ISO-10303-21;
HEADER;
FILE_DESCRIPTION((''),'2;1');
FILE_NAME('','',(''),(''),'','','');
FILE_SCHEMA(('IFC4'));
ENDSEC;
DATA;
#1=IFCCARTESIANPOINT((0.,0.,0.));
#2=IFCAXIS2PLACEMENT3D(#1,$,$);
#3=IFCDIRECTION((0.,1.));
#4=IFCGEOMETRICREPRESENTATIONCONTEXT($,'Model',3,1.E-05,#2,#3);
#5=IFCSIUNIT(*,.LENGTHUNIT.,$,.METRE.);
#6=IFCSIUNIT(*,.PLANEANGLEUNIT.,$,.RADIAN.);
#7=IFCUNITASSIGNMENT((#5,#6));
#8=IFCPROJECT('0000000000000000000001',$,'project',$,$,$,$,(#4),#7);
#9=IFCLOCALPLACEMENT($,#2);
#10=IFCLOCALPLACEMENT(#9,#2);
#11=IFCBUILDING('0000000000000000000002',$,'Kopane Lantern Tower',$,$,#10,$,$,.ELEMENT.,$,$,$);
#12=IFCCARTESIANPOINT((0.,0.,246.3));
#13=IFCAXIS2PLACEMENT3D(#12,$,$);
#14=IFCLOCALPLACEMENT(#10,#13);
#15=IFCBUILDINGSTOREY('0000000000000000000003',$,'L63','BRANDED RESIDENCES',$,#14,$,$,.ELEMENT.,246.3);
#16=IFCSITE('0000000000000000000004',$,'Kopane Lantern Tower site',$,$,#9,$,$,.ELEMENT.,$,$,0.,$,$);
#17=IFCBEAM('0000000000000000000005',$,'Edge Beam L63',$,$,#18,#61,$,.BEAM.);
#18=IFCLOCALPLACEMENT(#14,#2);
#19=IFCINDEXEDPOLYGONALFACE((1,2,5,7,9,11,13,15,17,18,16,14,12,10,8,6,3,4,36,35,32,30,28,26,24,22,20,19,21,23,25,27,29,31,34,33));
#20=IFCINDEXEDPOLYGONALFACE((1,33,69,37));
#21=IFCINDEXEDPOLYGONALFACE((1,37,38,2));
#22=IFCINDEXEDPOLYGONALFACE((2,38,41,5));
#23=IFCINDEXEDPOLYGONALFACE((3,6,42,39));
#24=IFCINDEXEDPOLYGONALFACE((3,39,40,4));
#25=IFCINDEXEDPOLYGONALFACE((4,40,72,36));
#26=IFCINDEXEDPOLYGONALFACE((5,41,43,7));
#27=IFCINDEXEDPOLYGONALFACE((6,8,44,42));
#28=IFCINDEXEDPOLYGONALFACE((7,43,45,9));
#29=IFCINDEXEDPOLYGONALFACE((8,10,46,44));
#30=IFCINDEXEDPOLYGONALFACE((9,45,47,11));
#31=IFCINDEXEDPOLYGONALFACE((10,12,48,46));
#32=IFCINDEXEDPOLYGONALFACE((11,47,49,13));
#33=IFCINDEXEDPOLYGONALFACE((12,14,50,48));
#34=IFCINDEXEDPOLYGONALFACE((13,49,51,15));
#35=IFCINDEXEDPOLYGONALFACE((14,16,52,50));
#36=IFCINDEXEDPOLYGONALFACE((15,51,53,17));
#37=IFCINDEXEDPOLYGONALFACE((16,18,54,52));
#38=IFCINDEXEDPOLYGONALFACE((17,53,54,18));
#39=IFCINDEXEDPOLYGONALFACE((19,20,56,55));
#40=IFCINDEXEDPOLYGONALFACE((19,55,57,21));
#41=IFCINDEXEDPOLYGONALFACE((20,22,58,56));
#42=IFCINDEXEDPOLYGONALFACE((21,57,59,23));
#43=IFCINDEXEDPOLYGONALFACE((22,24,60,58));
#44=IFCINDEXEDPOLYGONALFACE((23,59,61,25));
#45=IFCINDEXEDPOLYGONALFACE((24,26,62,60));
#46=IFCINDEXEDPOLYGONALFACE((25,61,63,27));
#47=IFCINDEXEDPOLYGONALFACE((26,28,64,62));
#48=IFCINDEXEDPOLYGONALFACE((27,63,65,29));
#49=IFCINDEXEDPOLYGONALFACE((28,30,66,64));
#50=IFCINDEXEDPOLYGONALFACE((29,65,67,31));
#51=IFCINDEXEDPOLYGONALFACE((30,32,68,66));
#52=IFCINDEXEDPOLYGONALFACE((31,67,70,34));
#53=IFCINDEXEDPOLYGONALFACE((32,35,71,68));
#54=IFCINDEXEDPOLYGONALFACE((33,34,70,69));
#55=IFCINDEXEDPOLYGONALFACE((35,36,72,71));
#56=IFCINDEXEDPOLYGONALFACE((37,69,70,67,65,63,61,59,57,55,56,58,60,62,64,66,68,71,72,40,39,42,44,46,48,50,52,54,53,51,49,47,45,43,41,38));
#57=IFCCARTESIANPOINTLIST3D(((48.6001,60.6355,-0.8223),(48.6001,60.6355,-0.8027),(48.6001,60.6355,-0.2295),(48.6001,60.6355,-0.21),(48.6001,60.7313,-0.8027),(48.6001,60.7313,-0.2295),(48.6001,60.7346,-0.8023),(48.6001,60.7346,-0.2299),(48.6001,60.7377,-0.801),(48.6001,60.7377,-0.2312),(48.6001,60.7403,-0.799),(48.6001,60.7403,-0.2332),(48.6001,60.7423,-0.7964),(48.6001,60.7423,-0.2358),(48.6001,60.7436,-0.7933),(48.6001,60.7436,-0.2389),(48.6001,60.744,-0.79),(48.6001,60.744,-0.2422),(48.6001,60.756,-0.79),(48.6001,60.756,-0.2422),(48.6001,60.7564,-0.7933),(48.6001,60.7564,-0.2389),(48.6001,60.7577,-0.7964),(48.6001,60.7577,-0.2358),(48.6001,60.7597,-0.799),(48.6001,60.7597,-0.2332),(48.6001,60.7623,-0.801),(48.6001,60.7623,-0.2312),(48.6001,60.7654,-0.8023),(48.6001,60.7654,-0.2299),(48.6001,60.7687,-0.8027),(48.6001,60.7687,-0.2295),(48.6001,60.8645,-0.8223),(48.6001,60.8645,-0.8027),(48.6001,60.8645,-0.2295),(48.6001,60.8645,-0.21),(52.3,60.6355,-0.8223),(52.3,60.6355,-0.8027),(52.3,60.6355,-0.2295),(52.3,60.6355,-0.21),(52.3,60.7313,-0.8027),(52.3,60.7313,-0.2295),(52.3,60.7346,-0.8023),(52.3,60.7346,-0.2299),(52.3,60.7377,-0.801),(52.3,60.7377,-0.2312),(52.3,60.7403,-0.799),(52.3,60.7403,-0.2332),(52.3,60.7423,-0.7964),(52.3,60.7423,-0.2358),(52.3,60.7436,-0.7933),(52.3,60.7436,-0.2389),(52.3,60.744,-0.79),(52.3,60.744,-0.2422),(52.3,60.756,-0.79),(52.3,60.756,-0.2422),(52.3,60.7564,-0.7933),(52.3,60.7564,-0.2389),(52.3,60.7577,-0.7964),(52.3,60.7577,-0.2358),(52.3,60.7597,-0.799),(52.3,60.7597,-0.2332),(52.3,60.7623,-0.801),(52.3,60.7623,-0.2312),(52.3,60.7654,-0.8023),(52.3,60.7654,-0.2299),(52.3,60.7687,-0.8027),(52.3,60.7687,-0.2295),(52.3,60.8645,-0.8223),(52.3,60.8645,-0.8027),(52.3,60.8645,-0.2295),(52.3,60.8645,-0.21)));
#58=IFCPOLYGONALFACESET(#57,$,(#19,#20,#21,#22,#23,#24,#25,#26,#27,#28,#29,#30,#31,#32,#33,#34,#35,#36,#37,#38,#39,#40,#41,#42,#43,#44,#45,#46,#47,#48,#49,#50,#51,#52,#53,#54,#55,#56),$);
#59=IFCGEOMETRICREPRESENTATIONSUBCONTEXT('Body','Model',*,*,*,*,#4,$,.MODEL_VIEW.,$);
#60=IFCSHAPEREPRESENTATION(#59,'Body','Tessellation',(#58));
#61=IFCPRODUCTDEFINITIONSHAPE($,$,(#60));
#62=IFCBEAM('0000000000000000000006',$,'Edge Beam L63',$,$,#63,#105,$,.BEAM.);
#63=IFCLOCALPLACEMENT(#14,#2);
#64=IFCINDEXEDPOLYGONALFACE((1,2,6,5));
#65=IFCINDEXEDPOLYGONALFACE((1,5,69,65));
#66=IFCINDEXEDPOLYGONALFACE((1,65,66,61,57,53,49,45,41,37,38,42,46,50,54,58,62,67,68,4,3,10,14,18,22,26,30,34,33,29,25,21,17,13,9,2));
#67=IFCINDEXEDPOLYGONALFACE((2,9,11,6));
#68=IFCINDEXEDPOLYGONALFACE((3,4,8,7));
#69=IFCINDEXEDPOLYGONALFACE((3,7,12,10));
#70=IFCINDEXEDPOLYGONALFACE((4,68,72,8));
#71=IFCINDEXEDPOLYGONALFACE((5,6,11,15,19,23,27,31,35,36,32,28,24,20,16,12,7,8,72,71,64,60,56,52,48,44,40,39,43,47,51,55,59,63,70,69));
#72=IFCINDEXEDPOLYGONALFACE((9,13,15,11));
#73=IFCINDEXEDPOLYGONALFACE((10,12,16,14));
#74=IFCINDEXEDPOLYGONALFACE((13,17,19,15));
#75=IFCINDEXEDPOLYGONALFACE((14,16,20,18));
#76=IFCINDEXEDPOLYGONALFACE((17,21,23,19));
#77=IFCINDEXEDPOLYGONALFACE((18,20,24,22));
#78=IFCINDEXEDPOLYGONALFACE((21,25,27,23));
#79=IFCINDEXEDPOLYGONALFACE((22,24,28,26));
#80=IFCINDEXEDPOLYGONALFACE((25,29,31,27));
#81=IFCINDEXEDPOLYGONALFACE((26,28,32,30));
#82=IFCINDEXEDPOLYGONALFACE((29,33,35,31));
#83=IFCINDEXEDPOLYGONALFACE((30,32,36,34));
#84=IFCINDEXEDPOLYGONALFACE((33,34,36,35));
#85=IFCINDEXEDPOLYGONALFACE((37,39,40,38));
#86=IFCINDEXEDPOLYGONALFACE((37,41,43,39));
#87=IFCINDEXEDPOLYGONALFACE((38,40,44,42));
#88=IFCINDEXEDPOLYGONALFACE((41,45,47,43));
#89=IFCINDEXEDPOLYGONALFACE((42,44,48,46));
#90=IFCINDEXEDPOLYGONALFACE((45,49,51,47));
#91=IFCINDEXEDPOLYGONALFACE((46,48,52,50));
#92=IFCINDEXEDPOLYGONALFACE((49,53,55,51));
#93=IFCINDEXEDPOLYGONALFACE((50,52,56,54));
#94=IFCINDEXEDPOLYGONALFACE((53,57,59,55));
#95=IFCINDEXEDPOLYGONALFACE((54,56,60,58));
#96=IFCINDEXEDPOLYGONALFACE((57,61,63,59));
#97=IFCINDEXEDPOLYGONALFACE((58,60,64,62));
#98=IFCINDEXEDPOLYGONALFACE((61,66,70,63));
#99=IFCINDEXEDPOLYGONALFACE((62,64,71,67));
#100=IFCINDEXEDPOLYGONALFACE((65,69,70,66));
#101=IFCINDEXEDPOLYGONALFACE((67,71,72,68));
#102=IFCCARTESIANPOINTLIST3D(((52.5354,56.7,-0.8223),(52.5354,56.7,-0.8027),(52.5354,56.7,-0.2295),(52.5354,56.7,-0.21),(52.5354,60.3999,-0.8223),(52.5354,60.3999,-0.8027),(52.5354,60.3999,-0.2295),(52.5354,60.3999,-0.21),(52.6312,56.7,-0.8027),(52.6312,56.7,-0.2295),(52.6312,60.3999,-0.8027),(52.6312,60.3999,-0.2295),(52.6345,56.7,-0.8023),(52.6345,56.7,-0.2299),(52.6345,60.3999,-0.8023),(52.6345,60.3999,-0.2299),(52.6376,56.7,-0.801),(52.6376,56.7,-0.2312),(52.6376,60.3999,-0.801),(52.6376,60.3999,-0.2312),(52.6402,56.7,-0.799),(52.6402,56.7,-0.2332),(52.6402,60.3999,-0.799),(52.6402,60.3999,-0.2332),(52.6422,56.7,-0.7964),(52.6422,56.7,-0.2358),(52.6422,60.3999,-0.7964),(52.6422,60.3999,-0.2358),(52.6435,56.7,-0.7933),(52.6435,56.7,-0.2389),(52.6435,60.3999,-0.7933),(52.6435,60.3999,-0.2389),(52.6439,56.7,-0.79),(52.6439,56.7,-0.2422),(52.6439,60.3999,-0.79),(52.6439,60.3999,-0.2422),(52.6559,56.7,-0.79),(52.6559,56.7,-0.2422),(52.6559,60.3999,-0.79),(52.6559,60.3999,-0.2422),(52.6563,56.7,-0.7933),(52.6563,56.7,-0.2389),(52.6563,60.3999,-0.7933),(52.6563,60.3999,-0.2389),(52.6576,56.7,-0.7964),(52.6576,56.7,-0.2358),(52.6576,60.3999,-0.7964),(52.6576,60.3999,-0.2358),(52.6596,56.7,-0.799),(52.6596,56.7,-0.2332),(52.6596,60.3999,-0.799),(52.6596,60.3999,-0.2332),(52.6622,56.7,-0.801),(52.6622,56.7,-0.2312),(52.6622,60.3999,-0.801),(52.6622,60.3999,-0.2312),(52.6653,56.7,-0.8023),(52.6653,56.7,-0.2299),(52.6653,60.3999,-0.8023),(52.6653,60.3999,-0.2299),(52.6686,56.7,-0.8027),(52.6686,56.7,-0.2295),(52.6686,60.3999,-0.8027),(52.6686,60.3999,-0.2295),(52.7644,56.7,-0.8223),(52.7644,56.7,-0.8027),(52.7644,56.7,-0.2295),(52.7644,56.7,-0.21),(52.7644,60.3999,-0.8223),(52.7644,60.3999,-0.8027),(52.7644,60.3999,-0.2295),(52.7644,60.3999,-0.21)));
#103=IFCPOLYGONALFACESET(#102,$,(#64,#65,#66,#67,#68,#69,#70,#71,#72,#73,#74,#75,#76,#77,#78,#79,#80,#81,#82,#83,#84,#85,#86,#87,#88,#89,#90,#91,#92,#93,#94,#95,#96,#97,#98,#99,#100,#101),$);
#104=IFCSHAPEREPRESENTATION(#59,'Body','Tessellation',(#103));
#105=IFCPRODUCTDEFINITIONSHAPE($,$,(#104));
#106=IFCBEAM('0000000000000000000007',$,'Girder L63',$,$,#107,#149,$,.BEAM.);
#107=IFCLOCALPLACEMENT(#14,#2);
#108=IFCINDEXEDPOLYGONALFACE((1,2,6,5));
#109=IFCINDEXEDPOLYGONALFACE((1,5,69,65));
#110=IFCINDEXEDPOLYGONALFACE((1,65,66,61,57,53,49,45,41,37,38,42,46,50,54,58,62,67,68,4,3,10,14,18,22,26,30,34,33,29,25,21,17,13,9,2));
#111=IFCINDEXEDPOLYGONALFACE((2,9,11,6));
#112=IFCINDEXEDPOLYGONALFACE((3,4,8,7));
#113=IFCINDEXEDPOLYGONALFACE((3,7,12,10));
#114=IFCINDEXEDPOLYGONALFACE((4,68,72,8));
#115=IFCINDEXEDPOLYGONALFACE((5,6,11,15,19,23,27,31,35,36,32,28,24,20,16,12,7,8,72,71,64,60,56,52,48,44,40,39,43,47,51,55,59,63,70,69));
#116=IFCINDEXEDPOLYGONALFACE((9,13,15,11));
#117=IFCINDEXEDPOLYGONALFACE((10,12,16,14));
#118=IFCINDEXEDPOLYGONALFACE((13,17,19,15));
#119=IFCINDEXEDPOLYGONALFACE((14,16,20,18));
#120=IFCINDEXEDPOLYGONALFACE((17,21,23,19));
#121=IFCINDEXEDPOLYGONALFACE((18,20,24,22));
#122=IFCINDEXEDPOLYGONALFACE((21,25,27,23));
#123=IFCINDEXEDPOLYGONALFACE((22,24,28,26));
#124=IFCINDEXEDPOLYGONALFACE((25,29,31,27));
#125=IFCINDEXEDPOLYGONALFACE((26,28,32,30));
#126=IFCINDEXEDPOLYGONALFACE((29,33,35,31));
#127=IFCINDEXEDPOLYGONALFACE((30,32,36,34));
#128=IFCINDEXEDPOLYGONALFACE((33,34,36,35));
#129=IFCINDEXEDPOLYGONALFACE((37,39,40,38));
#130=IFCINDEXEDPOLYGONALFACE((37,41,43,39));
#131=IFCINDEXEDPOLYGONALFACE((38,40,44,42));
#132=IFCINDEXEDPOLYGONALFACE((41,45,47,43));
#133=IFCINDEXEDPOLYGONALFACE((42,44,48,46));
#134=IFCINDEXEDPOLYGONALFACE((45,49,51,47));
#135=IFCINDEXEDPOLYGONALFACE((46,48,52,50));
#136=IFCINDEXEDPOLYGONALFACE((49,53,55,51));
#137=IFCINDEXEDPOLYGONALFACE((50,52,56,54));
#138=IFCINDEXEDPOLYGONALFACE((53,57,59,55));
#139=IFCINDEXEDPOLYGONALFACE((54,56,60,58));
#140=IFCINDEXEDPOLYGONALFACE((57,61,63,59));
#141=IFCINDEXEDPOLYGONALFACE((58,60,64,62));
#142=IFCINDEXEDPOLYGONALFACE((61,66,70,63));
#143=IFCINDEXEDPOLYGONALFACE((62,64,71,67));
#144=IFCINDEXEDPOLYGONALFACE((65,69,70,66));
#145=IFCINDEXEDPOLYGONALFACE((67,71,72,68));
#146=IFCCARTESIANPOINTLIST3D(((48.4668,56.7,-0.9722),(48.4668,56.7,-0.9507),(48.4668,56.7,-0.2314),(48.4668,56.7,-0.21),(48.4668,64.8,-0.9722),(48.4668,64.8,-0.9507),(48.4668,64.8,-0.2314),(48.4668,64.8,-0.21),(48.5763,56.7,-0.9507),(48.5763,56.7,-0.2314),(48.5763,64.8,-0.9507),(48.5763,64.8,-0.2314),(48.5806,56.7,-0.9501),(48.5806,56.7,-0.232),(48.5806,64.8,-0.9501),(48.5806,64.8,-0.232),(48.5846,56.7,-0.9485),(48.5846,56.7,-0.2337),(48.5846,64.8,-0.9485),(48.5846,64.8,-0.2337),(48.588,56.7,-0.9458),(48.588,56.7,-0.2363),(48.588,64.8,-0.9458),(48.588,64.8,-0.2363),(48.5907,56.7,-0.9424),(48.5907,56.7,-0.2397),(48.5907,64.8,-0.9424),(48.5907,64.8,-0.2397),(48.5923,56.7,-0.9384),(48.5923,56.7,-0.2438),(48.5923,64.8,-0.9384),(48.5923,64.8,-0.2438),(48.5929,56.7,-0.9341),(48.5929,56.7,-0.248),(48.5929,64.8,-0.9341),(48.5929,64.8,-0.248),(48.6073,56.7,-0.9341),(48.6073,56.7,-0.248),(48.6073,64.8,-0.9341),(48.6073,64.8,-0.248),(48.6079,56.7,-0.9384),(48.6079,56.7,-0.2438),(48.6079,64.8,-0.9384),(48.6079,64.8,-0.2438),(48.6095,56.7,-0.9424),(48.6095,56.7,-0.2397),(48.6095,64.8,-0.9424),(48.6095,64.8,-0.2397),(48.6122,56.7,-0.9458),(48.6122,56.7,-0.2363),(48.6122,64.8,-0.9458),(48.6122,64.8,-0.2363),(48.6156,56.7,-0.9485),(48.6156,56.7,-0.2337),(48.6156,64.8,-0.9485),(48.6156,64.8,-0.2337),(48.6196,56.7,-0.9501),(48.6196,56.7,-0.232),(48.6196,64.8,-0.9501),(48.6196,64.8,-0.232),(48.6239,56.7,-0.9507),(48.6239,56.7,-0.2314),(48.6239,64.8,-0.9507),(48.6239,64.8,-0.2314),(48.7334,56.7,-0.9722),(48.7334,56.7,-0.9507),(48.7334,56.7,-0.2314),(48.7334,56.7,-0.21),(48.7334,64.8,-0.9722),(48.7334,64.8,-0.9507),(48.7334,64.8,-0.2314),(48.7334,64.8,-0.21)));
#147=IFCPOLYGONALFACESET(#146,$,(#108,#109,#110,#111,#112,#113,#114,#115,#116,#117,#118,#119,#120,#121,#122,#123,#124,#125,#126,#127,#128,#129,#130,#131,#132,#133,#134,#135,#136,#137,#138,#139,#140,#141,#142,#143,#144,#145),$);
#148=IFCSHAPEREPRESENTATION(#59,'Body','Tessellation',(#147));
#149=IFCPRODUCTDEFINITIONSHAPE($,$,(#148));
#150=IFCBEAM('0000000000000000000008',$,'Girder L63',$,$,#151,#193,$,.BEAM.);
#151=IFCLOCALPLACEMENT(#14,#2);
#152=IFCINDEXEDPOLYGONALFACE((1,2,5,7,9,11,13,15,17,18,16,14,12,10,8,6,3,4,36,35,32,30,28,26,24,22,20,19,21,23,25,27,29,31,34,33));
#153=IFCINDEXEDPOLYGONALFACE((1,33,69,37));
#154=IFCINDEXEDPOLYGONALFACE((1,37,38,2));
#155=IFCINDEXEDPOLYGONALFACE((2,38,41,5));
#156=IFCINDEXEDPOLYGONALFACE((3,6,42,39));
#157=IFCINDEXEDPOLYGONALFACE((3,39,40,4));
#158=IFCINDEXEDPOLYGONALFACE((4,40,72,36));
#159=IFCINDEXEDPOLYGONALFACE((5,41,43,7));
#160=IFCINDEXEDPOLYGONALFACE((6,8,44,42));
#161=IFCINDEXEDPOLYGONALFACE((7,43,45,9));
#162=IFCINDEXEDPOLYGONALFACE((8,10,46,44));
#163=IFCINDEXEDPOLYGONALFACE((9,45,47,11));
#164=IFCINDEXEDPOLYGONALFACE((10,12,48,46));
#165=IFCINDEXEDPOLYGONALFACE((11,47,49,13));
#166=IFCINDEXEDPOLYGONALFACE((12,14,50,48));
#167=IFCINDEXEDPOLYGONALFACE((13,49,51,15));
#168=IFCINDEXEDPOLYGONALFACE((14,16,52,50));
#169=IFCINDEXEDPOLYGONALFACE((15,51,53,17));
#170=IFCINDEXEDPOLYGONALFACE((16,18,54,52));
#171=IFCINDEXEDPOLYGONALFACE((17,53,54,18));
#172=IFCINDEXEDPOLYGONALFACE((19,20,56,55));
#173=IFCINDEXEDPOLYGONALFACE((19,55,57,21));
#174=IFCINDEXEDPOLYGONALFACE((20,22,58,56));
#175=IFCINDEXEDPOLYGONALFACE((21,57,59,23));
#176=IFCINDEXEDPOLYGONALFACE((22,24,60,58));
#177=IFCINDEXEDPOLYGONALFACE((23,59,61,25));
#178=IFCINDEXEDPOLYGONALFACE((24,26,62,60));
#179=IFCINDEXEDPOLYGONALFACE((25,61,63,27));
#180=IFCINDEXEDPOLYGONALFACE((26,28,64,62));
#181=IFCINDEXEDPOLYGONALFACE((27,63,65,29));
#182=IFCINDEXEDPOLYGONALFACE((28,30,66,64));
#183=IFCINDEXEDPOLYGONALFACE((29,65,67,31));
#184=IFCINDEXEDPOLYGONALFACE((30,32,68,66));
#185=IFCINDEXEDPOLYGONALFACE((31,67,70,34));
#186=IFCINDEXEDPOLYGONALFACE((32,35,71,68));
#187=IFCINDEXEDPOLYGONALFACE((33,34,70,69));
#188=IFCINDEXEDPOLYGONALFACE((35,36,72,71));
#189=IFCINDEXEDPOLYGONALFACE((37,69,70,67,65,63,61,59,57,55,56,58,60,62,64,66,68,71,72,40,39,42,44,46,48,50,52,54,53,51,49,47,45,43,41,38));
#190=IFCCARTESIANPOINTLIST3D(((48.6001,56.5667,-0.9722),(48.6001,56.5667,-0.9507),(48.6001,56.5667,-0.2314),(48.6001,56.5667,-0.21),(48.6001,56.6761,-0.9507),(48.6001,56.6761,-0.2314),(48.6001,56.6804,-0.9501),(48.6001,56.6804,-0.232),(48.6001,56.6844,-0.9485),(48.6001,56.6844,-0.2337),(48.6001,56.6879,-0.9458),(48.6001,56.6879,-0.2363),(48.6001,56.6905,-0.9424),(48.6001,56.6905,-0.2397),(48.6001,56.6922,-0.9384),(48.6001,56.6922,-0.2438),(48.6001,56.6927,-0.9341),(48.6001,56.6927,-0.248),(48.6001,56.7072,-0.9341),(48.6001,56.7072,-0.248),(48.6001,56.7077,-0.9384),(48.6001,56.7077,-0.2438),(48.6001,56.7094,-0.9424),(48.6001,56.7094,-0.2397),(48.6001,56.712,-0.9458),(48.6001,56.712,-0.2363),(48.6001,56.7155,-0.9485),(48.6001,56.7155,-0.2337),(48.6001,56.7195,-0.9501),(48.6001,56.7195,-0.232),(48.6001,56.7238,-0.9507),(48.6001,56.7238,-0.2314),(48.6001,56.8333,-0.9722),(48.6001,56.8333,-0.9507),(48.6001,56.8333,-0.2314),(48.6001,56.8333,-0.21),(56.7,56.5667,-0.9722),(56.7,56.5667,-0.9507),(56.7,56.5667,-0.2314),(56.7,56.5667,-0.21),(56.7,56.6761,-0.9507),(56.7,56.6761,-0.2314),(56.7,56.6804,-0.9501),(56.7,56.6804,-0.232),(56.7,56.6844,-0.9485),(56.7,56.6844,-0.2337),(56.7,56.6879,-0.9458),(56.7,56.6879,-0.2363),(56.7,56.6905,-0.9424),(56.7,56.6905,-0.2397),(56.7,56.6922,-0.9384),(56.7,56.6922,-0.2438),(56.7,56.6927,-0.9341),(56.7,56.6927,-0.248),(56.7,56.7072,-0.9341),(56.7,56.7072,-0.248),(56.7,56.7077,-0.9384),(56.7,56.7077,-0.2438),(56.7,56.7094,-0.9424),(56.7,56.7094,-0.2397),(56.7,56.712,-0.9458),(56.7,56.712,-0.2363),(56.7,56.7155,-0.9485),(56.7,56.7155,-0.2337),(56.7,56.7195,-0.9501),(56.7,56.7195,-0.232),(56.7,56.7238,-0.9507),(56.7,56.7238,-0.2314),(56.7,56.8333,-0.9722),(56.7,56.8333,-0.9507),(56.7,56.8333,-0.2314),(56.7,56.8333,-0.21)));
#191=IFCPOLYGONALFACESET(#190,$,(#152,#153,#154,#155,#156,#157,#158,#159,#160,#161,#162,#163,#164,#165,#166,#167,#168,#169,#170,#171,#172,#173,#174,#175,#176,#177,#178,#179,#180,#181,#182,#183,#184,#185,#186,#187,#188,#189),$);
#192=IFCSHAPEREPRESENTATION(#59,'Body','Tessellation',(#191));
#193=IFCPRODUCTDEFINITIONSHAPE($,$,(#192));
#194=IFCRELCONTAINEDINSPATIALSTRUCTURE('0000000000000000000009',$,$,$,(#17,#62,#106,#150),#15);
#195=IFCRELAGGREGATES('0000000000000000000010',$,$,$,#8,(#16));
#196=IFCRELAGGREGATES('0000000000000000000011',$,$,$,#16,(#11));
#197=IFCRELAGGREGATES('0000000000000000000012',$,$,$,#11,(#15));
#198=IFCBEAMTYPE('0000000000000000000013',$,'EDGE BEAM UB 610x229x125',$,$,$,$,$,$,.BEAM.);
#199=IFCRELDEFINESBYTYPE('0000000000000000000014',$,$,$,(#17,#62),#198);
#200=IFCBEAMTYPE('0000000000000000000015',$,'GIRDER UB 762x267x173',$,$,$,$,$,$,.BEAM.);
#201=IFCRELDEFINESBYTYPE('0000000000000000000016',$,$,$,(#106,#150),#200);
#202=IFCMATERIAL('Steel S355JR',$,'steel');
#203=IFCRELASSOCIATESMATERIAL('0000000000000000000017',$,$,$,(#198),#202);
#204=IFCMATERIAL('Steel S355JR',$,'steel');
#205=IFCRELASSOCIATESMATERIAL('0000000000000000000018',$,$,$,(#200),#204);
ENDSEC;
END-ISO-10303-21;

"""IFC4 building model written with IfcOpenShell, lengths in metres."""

from ifc_helpers import new_model, si_unit, direction, frame, origin, origin_2d, place, context, subcontext, project, spatial, i_section, extrude, material, material_profile, profile_set, type_object, element, save


model = new_model("IFC4")

# Units and contexts
model_context = context("Model", 3, precision=1e-05, world=origin(), true_north=direction((0.0, 1.0)))
body_context = subcontext(model_context, "Body", "Model", "MODEL_VIEW")
ifc_project = project(units=[si_unit("LENGTHUNIT", "METRE"), si_unit("PLANEANGLEUNIT", "RADIAN")], contexts=[model_context])

# Site, building, storey
site_placement = place(None, origin())
site = spatial("IfcSite", under=ifc_project, at=site_placement, Name="Kopane Lantern Tower site", CompositionType="ELEMENT", RefElevation=0.0)
building_placement = place(site_placement, origin())
building = spatial("IfcBuilding", under=site, at=building_placement, Name="Kopane Lantern Tower", CompositionType="ELEMENT")
storey_placement = place(building_placement, frame((0.0, 0.0, 246.3)))
storey = spatial("IfcBuildingStorey", under=building, at=storey_placement, Name="L63", Description="BRANDED RESIDENCES", CompositionType="ELEMENT", Elevation=246.3)

# Beams
ifc_material_1 = material(Name="Steel S355JR", Category="steel")
ifc_material_profile_1 = material_profile(ifc_material_1, i_section(OverallWidth=0.229, OverallDepth=0.6123, WebThickness=0.012, FlangeThickness=0.0195, FilletRadius=0.0127, at=origin_2d()), Name="UB 610x229x125")
ifc_profile_set_1 = profile_set([ifc_material_profile_1], Name="Steel S355JR")
beam_type_1 = type_object("IfcBeamType", Name="EDGE BEAM UB 610x229x125", PredefinedType="BEAM", material=ifc_profile_set_1)
for number, where, z_axis, x_axis, name in (
    (1, (52.3, 60.75, -0.5161), (-1.0, 0.0, 0.0), (0.0, -1.0, 0.0), "Edge Beam L63"),
    (2, (52.6499, 60.3999, -0.5161), (0.0, -1.0, 0.0), (1.0, 0.0, 0.0), "Edge Beam L63"),
):
    element("IfcBeam", number, at=place(storey_placement, frame(where, z_axis=z_axis, x_axis=x_axis)), inside=storey, type_object=beam_type_1, Name=name, PredefinedType="BEAM", context=body_context, shape_type="SweptSolid", body=[
        extrude(i_section(OverallWidth=0.229, OverallDepth=0.6123, WebThickness=0.012, FlangeThickness=0.0195, FilletRadius=0.0127, at=origin_2d()), origin(), (0.0, 0.0, 1.0), 3.7),
    ])
ifc_material_2 = material(Name="Steel S355JR", Category="steel")
ifc_material_profile_2 = material_profile(ifc_material_2, i_section(OverallWidth=0.2666, OverallDepth=0.7622, WebThickness=0.0144, FlangeThickness=0.0215, FilletRadius=0.0166, at=origin_2d()), Name="UB 762x267x173")
ifc_profile_set_2 = profile_set([ifc_material_profile_2], Name="Steel S355JR")
beam_type_2 = type_object("IfcBeamType", Name="GIRDER UB 762x267x173", PredefinedType="BEAM", material=ifc_profile_set_2)
beam_1_placement = place(storey_placement, frame((48.6001, 56.7, -0.5911), z_axis=(0.0, 1.0, 0.0), x_axis=(-1.0, 0.0, 0.0)))
element("IfcBeam", 3, at=beam_1_placement, inside=storey, type_object=beam_type_2, Name="Girder L63", PredefinedType="BEAM", context=body_context, shape_type="SweptSolid", body=[
    extrude(i_section(OverallWidth=0.2666, OverallDepth=0.7622, WebThickness=0.0144, FlangeThickness=0.0215, FilletRadius=0.0166, at=origin_2d()), origin(), (0.0, 0.0, 1.0), 8.1001),
])
beam_2_placement = place(storey_placement, frame((48.6001, 56.7, -0.5911), z_axis=(1.0, 0.0, 0.0), x_axis=(0.0, 1.0, 0.0)))
element("IfcBeam", 4, at=beam_2_placement, inside=storey, type_object=beam_type_2, Name="Girder L63", PredefinedType="BEAM", context=body_context, shape_type="SweptSolid", body=[
    extrude(i_section(OverallWidth=0.2666, OverallDepth=0.7622, WebThickness=0.0144, FlangeThickness=0.0215, FilletRadius=0.0166, at=origin_2d()), origin(), (0.0, 0.0, 1.0), 8.0999),
])

save(model, "model.ifc")
